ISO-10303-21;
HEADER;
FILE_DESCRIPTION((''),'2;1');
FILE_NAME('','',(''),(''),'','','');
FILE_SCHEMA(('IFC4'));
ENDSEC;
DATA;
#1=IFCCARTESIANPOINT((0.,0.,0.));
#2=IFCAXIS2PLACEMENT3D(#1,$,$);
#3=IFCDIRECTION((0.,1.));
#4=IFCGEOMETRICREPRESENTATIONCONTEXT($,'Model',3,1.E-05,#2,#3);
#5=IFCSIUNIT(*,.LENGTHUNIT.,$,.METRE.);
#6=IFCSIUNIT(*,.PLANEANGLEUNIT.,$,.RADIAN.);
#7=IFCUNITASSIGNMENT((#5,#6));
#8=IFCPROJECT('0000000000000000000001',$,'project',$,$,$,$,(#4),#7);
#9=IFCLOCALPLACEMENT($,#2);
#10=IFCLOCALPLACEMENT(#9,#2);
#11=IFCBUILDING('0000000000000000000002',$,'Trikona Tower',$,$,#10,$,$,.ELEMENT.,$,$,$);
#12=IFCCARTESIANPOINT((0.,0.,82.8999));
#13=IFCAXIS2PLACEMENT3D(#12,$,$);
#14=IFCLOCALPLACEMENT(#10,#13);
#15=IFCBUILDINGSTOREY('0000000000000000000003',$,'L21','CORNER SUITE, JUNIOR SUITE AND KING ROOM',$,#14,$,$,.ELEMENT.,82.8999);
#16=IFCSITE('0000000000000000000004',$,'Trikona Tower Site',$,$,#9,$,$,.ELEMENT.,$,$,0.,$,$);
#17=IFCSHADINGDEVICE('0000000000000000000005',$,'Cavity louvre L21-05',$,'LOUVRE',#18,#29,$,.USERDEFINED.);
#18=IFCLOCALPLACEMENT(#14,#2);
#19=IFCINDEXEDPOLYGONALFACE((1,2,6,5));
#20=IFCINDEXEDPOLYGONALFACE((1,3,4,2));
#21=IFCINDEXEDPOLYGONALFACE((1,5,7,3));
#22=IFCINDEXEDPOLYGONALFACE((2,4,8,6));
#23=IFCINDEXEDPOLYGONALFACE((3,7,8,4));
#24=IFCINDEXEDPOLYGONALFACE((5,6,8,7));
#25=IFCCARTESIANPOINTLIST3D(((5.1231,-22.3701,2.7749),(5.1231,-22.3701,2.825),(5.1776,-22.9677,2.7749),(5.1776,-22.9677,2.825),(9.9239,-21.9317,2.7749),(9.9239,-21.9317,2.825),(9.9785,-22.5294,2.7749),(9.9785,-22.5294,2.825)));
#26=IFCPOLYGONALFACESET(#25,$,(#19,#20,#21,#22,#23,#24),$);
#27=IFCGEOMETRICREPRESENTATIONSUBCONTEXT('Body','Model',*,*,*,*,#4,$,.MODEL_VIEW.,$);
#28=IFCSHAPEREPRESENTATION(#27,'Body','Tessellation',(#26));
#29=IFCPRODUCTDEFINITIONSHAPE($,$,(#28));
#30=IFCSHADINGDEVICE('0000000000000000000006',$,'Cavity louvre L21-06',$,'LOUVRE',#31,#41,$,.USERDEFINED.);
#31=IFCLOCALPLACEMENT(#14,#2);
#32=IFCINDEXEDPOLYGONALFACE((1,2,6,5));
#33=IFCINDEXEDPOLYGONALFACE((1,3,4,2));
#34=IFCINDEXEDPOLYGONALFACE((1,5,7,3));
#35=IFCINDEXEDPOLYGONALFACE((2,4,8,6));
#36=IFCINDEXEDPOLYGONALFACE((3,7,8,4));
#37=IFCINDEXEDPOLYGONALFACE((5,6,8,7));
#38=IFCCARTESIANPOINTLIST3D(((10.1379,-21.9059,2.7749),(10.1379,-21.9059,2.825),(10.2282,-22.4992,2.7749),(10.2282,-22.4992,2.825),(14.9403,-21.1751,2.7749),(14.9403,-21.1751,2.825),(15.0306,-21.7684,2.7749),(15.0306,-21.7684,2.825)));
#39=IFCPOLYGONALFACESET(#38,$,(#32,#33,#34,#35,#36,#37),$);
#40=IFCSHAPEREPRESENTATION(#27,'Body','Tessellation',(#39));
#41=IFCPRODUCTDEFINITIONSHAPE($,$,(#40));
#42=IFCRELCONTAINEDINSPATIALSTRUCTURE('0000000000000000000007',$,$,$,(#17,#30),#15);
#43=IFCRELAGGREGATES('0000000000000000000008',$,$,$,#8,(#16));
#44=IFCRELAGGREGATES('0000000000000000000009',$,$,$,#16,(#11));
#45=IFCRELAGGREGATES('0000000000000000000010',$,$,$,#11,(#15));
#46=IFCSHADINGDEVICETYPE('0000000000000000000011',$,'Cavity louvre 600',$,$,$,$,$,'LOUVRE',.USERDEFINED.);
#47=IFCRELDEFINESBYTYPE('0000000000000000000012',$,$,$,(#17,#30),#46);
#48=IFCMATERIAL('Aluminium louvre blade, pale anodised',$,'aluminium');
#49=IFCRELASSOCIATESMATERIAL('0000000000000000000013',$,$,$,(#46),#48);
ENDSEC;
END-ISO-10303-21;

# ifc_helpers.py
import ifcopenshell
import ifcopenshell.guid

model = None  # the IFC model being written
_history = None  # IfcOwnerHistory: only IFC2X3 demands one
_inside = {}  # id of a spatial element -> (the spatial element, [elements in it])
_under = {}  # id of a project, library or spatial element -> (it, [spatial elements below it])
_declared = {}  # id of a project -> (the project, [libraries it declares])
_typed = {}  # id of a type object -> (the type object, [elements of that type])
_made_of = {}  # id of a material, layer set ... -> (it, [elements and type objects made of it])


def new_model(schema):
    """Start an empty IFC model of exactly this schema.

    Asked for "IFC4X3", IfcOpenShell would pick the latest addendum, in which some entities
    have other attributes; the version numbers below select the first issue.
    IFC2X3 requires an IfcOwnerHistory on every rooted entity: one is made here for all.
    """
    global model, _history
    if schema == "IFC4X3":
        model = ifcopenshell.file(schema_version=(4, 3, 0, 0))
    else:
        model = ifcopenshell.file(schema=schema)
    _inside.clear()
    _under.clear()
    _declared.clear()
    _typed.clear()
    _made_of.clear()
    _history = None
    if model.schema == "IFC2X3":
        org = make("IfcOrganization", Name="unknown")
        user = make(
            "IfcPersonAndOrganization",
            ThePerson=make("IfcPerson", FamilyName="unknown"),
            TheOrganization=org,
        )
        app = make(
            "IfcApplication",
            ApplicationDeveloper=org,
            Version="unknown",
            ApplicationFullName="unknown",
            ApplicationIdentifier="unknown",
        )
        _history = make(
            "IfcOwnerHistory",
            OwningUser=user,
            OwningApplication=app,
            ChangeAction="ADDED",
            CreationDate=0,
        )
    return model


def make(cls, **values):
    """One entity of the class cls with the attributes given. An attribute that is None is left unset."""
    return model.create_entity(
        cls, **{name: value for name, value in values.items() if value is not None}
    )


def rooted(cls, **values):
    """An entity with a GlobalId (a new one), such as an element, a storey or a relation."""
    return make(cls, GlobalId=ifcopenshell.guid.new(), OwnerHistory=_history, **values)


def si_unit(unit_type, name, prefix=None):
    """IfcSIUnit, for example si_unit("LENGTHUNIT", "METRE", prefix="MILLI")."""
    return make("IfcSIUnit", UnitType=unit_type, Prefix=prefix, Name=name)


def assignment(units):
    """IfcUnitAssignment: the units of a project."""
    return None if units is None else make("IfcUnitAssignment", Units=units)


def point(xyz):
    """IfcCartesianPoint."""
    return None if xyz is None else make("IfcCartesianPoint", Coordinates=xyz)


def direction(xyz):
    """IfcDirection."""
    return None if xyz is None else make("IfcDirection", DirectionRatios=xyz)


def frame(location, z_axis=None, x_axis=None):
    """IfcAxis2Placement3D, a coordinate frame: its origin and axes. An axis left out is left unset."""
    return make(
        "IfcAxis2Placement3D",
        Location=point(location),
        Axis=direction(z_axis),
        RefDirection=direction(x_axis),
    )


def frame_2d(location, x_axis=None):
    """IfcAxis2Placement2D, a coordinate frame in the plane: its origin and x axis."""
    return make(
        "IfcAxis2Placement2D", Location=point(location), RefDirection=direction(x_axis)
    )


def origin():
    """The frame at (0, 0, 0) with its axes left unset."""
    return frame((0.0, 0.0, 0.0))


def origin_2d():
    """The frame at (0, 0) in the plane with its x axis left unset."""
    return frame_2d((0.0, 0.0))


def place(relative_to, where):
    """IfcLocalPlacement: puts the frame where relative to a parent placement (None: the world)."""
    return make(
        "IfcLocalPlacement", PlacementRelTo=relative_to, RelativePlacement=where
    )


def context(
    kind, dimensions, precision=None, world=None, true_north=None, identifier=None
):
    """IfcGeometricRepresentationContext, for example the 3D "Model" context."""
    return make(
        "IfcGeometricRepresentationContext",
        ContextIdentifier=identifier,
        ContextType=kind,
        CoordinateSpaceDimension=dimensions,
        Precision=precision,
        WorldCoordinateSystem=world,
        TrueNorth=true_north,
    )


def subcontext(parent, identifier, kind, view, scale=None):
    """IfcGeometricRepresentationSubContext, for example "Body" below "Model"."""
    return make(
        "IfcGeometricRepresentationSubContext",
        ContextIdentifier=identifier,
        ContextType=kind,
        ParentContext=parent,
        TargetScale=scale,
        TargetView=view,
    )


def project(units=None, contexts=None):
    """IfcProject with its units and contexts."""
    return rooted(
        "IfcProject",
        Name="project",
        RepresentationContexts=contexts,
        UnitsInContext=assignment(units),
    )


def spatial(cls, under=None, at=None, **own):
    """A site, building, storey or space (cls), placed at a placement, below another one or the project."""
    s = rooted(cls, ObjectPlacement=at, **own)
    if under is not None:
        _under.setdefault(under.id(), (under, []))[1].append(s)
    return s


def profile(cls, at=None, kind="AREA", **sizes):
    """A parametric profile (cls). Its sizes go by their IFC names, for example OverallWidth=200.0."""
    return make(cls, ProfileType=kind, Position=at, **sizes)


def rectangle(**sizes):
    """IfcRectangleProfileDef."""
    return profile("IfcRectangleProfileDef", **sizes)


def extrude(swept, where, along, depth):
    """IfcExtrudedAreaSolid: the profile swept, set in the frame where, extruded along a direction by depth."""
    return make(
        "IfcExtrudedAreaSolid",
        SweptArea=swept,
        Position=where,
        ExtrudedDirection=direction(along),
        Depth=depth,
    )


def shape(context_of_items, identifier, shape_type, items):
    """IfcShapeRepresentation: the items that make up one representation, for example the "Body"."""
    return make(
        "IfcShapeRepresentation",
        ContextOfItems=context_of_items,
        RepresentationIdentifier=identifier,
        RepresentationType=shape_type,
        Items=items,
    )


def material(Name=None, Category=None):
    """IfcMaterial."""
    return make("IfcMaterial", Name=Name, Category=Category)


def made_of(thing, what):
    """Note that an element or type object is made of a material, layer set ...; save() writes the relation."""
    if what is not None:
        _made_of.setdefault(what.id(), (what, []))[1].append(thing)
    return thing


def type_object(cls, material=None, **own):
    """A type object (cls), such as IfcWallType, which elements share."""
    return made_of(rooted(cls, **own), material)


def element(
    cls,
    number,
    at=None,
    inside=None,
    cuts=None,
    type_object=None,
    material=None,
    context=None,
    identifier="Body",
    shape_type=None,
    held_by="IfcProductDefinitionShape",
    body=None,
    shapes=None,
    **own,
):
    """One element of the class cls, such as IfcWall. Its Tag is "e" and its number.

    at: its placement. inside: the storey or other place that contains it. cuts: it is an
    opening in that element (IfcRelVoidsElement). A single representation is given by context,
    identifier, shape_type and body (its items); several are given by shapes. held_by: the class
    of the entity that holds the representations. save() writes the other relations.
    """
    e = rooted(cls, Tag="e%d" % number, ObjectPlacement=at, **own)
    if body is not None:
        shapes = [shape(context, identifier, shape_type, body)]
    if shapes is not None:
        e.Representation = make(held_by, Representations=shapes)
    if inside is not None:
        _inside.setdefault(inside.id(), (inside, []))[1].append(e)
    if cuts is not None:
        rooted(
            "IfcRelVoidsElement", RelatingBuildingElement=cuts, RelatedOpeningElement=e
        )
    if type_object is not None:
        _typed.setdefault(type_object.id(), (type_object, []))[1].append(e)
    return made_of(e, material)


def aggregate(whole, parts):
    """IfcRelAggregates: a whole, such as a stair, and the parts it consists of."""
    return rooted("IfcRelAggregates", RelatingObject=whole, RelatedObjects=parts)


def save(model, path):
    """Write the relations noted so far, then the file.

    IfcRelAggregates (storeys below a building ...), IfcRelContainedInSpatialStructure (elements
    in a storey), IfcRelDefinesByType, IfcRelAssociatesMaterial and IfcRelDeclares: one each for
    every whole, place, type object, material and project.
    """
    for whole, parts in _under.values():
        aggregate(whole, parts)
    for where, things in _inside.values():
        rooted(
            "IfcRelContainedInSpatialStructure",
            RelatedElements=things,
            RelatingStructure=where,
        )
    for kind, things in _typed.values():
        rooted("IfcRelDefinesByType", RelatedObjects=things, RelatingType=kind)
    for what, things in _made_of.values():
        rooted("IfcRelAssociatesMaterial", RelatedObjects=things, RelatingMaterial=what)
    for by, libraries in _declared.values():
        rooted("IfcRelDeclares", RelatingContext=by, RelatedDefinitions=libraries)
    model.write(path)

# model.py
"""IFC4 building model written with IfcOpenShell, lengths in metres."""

from ifc_helpers import new_model, si_unit, direction, frame, origin, origin_2d, place, context, subcontext, project, spatial, rectangle, extrude, material, type_object, element, save


model = new_model("IFC4")

# Units and contexts
model_context = context("Model", 3, precision=1e-05, world=origin(), true_north=direction((0.0, 1.0)))
body_context = subcontext(model_context, "Body", "Model", "MODEL_VIEW")
ifc_project = project(units=[si_unit("LENGTHUNIT", "METRE"), si_unit("PLANEANGLEUNIT", "RADIAN")], contexts=[model_context])

# Site, building, storey
site_placement = place(None, origin())
site = spatial("IfcSite", under=ifc_project, at=site_placement, Name="Trikona Tower Site", CompositionType="ELEMENT", RefElevation=0.0)
building_placement = place(site_placement, origin())
building = spatial("IfcBuilding", under=site, at=building_placement, Name="Trikona Tower", CompositionType="ELEMENT")
storey_placement = place(building_placement, frame((0.0, 0.0, 82.8999)))
storey = spatial("IfcBuildingStorey", under=building, at=storey_placement, Name="L21", Description="CORNER SUITE, JUNIOR SUITE AND KING ROOM", CompositionType="ELEMENT", Elevation=82.8999)

# Shading devices
ifc_material_1 = material(Name="Aluminium louvre blade, pale anodised", Category="aluminium")
shading_device_type = type_object("IfcShadingDeviceType", Name="Cavity louvre 600", ElementType="LOUVRE", PredefinedType="USERDEFINED", material=ifc_material_1)
shading_device_1_placement = place(storey_placement, frame((7.5508, -22.4497, 2.7749), z_axis=(0.0, 0.0, 1.0), x_axis=(0.995858, 0.090921, 0.0)))
element("IfcShadingDevice", 1, at=shading_device_1_placement, inside=storey, type_object=shading_device_type, Name="Cavity louvre L21-05", ObjectType="LOUVRE", PredefinedType="USERDEFINED", context=body_context, shape_type="SweptSolid", body=[
    extrude(rectangle(XDim=4.8208, YDim=0.6001, at=origin_2d()), origin(), (0.0, 0.0, 1.0), 0.05),
])
shading_device_2_placement = place(storey_placement, frame((12.5842, -21.8372, 2.7749), z_axis=(0.0, 0.0, 1.0), x_axis=(0.988618, 0.150448, 0.0)))
element("IfcShadingDevice", 2, at=shading_device_2_placement, inside=storey, type_object=shading_device_type, Name="Cavity louvre L21-06", ObjectType="LOUVRE", PredefinedType="USERDEFINED", context=body_context, shape_type="SweptSolid", body=[
    extrude(rectangle(XDim=4.8577, YDim=0.6001, at=origin_2d()), origin(), (0.0, 0.0, 1.0), 0.05),
])

save(model, "model.ifc")
